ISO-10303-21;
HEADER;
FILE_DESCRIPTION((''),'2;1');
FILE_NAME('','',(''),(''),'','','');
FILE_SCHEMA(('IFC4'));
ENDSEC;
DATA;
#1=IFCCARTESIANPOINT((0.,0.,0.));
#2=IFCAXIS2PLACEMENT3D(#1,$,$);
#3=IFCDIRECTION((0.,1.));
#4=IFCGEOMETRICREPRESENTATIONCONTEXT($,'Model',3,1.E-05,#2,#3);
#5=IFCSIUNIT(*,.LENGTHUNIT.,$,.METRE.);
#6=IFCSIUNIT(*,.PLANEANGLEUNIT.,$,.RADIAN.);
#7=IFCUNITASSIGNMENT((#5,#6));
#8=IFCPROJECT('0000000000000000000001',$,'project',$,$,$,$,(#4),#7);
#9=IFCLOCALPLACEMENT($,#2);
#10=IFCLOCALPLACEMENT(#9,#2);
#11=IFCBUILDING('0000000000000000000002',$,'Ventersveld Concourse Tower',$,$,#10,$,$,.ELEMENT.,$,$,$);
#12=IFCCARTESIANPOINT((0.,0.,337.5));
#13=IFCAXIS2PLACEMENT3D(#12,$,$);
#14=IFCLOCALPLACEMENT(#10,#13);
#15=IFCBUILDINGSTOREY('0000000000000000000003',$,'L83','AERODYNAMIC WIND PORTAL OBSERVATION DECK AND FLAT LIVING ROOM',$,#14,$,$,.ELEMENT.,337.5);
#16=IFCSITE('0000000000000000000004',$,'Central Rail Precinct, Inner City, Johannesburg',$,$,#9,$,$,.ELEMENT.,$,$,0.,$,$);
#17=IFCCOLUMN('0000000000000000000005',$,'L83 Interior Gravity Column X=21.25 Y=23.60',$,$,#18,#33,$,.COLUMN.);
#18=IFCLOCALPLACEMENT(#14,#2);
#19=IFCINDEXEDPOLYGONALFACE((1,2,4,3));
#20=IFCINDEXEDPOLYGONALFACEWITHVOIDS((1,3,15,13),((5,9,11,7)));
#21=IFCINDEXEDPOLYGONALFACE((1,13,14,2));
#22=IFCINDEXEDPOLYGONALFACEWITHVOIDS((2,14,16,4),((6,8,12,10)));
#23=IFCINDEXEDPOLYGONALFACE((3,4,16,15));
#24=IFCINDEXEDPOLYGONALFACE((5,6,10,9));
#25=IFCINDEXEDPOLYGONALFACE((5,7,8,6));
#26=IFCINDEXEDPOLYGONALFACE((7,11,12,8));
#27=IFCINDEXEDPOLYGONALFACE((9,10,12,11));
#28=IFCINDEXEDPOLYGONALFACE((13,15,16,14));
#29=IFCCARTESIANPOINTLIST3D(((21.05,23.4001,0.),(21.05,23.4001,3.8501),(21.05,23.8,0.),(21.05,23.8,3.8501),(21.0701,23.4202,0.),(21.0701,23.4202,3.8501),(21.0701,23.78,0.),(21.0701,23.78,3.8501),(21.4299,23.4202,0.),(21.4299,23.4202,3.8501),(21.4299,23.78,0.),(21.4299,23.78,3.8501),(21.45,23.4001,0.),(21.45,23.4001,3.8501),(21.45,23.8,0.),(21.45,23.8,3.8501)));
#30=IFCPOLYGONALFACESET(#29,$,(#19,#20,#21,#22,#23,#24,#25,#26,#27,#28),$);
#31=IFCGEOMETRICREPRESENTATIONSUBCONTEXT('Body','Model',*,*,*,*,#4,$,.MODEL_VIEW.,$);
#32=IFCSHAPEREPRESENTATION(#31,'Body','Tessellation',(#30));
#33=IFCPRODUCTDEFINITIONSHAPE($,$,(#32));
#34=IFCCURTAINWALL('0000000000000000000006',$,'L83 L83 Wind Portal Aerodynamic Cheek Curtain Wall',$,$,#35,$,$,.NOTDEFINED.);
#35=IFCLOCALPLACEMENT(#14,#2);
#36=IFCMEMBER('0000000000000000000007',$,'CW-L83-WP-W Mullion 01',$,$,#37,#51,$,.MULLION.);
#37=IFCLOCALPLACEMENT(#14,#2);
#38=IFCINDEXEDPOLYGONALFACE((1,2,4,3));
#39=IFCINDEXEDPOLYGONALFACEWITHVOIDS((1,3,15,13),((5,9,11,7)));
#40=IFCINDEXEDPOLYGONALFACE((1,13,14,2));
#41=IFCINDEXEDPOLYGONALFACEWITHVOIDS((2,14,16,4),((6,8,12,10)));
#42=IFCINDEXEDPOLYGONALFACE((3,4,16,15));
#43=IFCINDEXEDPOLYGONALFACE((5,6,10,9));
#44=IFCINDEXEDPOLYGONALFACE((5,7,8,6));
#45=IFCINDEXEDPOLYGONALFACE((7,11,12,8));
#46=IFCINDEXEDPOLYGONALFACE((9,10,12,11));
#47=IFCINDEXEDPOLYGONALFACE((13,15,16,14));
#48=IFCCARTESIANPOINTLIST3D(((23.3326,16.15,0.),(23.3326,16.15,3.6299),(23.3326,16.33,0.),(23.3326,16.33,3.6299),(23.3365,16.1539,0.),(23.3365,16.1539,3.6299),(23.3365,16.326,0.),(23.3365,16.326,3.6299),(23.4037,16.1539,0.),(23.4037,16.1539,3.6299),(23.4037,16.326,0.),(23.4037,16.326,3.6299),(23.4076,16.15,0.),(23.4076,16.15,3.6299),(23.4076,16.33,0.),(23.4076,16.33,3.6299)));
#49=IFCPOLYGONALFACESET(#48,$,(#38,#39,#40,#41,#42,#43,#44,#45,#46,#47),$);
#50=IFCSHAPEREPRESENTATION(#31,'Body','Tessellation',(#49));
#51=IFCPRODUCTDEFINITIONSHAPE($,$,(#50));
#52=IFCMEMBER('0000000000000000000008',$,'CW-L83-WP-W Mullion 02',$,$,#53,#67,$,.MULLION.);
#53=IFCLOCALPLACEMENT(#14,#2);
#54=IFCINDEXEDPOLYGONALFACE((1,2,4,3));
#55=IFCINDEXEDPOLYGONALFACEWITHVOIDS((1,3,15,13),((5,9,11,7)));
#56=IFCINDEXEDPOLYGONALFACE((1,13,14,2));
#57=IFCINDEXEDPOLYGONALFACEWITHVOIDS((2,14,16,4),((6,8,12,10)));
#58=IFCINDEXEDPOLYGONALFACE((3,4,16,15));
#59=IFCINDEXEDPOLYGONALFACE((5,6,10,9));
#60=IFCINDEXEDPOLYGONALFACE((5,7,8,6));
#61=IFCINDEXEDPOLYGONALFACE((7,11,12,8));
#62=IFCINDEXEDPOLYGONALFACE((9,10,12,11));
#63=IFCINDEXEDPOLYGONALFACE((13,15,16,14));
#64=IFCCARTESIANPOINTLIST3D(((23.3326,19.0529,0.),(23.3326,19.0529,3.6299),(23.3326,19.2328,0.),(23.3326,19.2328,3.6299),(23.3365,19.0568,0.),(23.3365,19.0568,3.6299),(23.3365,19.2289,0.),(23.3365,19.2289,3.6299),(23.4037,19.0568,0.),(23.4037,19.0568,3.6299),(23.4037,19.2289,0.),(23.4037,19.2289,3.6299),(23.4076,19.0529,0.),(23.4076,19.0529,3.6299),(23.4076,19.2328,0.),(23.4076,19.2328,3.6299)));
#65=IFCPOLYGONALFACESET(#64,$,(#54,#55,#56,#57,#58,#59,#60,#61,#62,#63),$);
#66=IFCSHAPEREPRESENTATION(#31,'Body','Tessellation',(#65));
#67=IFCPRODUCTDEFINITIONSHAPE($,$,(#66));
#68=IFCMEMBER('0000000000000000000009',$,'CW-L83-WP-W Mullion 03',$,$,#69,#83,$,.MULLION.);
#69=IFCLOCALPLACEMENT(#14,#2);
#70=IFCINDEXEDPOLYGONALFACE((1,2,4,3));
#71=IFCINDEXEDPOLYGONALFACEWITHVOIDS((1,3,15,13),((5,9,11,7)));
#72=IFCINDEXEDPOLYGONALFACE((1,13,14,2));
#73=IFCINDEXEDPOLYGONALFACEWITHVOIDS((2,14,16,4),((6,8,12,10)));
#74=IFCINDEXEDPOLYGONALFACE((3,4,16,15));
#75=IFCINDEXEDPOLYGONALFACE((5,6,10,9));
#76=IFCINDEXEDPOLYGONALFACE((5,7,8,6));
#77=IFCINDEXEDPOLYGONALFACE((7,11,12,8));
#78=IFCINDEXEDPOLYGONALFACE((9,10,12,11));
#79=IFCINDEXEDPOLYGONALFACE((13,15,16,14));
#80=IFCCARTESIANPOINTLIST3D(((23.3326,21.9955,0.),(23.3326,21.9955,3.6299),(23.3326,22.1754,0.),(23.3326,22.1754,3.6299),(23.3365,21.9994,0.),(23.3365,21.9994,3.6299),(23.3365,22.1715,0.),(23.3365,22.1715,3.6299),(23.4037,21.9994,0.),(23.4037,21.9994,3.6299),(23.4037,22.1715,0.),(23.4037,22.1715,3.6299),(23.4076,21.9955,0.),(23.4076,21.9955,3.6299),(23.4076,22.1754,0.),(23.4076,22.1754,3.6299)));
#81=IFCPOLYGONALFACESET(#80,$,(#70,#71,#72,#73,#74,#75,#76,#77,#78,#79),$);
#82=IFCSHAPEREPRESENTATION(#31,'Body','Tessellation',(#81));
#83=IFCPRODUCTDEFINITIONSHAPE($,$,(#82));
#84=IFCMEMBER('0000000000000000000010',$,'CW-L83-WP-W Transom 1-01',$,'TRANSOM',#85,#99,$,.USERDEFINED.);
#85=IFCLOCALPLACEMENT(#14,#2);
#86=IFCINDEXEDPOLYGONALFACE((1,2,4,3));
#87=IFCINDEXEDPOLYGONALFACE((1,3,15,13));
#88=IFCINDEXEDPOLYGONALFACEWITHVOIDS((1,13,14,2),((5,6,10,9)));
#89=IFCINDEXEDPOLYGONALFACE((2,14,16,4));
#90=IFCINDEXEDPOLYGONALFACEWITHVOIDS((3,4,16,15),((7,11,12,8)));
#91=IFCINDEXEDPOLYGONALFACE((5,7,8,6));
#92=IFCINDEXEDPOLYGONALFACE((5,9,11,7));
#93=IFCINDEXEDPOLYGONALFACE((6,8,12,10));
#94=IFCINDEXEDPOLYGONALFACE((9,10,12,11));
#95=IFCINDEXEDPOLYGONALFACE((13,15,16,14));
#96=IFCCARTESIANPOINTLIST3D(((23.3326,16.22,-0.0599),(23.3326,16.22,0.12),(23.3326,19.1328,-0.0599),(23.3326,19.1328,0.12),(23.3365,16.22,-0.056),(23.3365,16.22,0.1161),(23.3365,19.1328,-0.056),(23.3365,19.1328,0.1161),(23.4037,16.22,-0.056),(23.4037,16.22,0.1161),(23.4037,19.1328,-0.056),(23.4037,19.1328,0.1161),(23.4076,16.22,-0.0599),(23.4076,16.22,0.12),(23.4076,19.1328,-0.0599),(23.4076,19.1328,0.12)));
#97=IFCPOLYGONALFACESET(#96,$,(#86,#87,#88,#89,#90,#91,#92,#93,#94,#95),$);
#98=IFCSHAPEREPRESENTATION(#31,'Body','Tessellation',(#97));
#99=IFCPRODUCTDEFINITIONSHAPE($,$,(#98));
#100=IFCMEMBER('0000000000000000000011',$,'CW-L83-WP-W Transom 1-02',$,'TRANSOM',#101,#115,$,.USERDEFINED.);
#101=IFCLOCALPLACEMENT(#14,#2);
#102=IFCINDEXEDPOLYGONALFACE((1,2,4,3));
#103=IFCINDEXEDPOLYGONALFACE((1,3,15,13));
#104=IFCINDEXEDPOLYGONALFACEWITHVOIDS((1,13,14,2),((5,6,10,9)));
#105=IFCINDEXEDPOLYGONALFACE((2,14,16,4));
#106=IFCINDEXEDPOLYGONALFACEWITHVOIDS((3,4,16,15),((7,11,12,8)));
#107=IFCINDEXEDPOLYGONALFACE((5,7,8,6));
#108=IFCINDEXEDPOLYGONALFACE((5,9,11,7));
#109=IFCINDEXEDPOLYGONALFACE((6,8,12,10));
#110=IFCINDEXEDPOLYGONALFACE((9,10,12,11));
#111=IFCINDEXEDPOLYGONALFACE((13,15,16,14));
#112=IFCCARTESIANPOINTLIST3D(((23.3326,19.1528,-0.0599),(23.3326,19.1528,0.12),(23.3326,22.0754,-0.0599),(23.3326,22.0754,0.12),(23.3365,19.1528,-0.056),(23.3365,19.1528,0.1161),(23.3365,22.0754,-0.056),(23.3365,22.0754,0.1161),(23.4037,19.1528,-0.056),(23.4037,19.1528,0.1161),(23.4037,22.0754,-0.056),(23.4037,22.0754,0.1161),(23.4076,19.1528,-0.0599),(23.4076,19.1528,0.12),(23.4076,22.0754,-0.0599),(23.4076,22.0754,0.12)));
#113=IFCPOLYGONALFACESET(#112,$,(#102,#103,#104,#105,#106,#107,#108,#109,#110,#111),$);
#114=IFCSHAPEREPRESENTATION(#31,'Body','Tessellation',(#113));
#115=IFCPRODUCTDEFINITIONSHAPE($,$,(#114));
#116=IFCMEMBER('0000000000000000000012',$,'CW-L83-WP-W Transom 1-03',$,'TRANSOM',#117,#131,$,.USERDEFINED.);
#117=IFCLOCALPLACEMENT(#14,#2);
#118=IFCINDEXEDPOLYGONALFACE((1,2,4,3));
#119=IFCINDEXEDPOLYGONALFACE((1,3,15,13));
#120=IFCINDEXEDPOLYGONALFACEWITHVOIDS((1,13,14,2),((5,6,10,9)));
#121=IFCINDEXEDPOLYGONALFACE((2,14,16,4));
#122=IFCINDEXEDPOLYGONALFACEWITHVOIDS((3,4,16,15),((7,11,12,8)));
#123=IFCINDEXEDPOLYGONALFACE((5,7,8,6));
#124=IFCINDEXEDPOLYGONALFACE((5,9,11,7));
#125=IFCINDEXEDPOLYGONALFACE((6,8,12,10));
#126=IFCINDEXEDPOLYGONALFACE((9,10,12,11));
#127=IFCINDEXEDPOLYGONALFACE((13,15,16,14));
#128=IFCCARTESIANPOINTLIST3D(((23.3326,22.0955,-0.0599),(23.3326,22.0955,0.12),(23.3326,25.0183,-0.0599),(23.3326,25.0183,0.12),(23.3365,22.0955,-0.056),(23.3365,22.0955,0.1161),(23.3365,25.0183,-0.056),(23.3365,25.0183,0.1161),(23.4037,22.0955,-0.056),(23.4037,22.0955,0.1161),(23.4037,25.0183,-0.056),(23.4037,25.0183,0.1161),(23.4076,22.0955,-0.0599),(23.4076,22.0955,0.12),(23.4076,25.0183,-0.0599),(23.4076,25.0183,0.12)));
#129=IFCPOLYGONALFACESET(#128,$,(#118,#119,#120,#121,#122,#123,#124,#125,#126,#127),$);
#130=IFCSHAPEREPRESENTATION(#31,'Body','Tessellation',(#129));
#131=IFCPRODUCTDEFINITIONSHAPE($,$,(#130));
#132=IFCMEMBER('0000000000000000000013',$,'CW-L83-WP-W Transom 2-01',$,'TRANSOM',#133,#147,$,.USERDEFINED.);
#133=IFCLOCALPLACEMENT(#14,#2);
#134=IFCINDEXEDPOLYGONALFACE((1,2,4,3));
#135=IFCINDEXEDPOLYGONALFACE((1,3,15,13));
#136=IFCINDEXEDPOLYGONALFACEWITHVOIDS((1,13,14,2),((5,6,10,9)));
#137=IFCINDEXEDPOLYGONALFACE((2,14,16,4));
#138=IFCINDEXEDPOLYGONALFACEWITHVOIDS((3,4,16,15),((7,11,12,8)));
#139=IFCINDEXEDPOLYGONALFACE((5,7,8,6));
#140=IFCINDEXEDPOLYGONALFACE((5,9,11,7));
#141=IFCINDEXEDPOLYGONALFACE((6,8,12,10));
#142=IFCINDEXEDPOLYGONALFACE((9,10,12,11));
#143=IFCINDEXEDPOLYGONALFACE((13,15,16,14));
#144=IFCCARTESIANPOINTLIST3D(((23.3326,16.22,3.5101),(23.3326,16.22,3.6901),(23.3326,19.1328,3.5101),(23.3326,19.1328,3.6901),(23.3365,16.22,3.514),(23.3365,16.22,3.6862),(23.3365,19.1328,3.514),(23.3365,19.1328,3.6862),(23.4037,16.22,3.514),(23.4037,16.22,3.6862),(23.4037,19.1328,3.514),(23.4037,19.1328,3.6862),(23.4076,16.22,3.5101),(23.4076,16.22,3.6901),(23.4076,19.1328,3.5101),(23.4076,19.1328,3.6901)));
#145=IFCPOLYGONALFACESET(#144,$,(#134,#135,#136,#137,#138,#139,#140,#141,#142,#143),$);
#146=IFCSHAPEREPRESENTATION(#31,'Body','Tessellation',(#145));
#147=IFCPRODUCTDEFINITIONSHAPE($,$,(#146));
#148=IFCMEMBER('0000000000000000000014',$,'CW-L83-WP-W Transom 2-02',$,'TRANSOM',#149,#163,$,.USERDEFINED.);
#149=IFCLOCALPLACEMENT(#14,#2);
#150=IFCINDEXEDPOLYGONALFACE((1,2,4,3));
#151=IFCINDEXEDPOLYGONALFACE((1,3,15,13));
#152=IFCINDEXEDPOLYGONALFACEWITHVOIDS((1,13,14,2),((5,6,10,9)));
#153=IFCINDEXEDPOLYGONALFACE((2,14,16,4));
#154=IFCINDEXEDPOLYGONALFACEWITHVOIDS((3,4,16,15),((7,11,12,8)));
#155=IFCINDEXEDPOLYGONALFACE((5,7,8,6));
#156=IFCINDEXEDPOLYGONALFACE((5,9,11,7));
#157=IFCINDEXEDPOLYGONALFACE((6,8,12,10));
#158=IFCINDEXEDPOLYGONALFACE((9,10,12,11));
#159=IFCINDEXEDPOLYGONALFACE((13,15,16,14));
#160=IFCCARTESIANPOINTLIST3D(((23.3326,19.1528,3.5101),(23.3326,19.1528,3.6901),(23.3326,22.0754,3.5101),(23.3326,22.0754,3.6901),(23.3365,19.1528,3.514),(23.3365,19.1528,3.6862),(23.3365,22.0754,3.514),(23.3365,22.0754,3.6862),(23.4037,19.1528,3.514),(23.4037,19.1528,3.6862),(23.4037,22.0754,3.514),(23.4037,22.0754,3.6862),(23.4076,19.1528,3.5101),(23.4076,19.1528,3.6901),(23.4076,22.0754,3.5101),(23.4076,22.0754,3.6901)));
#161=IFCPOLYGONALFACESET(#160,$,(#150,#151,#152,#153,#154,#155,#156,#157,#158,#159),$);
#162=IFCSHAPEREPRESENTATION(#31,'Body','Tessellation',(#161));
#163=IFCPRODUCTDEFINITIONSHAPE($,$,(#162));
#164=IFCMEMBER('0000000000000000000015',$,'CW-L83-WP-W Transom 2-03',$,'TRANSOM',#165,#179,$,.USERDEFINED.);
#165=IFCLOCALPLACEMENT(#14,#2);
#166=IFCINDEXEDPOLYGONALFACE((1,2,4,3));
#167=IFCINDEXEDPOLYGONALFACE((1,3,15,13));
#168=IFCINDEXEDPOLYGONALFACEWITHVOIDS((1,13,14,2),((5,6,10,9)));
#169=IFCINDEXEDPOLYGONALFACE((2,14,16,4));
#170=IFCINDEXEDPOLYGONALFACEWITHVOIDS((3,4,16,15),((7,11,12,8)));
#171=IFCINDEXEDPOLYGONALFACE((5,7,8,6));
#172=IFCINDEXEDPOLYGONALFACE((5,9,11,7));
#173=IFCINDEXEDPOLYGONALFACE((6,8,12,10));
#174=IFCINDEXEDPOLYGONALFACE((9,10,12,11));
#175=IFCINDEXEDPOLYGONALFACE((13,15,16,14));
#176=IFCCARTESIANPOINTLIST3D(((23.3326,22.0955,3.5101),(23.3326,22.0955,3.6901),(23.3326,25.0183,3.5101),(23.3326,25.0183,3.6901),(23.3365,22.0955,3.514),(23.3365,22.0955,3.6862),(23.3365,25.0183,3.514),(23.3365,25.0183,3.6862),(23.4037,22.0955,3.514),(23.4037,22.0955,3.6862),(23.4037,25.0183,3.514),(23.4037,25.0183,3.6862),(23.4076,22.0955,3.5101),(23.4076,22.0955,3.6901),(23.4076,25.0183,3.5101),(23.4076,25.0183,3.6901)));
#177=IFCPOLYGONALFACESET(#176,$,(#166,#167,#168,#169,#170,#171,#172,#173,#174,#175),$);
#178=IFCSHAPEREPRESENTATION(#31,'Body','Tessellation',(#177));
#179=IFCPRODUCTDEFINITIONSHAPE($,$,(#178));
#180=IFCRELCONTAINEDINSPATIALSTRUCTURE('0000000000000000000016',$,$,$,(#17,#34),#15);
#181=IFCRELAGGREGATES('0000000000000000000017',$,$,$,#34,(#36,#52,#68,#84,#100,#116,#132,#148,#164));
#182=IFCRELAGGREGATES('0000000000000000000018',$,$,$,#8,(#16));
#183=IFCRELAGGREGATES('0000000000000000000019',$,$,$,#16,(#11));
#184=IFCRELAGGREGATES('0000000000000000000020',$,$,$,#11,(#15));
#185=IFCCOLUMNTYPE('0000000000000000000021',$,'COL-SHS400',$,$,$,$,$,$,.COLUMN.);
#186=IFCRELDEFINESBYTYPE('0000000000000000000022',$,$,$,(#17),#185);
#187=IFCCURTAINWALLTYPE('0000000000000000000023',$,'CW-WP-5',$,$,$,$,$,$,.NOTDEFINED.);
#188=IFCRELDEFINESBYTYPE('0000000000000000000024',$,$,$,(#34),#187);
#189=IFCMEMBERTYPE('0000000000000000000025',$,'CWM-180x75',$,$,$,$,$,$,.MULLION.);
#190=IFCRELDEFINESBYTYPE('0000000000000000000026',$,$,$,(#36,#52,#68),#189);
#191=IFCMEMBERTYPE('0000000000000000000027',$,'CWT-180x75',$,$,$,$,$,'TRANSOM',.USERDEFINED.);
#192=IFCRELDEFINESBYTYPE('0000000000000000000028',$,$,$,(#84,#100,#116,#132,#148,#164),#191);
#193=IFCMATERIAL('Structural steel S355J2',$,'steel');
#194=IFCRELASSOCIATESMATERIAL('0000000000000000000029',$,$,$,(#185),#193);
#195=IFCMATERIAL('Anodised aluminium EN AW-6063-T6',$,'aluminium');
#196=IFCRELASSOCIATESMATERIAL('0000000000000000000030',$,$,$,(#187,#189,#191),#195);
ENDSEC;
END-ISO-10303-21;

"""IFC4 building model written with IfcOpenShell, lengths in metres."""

from ifc_helpers import new_model, si_unit, direction, frame, origin, origin_2d, place, context, subcontext, project, spatial, hollow_rectangle, extrude, material, material_profile, profile_set, type_object, element, aggregate, save


model = new_model("IFC4")

# Units and contexts
model_context = context("Model", 3, precision=1e-05, world=origin(), true_north=direction((0.0, 1.0)))
body_context = subcontext(model_context, "Body", "Model", "MODEL_VIEW")
ifc_project = project(units=[si_unit("LENGTHUNIT", "METRE"), si_unit("PLANEANGLEUNIT", "RADIAN")], contexts=[model_context])

# Site, building, storey
site_placement = place(None, origin())
site = spatial("IfcSite", under=ifc_project, at=site_placement, Name="Central Rail Precinct, Inner City, Johannesburg", CompositionType="ELEMENT", RefElevation=0.0)
building_placement = place(site_placement, origin())
building = spatial("IfcBuilding", under=site, at=building_placement, Name="Ventersveld Concourse Tower", CompositionType="ELEMENT")
storey_placement = place(building_placement, frame((0.0, 0.0, 337.5)))
storey = spatial("IfcBuildingStorey", under=building, at=storey_placement, Name="L83", Description="AERODYNAMIC WIND PORTAL OBSERVATION DECK AND FLAT LIVING ROOM", CompositionType="ELEMENT", Elevation=337.5)

# Column
ifc_material_1 = material(Name="Structural steel S355J2", Category="steel")
ifc_material_profile_1 = material_profile(ifc_material_1, hollow_rectangle(XDim=0.3999, YDim=0.3999, WallThickness=0.02, at=origin_2d()), Name="SHS 400x400x20")
ifc_profile_set_1 = profile_set([ifc_material_profile_1], Name="Structural steel S355J2")
column_type = type_object("IfcColumnType", Name="COL-SHS400", PredefinedType="COLUMN", material=ifc_profile_set_1)
column_placement = place(storey_placement, frame((21.25, 23.6001, 0.0), z_axis=(0.0, 0.0, 1.0), x_axis=(1.0, 0.0, 0.0)))
element("IfcColumn", 1, at=column_placement, inside=storey, type_object=column_type, Name="L83 Interior Gravity Column X=21.25 Y=23.60", PredefinedType="COLUMN", context=body_context, shape_type="SweptSolid", body=[
    extrude(hollow_rectangle(XDim=0.3999, YDim=0.3999, WallThickness=0.02, at=origin_2d()), origin(), (0.0, 0.0, 1.0), 3.8501),
])

# Curtain wall, members
ifc_material_2 = material(Name="Anodised aluminium EN AW-6063-T6", Category="aluminium")
curtain_wall_type = type_object("IfcCurtainWallType", Name="CW-WP-5", PredefinedType="NOTDEFINED", material=ifc_material_2)
curtain_wall_placement = place(storey_placement, origin())
curtain_wall = element("IfcCurtainWall", 2, at=curtain_wall_placement, inside=storey, type_object=curtain_wall_type, Name="L83 L83 Wind Portal Aerodynamic Cheek Curtain Wall", PredefinedType="NOTDEFINED")
ifc_material_profile_2 = material_profile(ifc_material_2, hollow_rectangle(XDim=0.075, YDim=0.1799, WallThickness=0.0039, at=origin_2d()), Name="ALU 180x75x4")
ifc_profile_set_2 = profile_set([ifc_material_profile_2], Name="Anodised aluminium EN AW-6063-T6")
member_type_1 = type_object("IfcMemberType", Name="CWM-180x75", PredefinedType="MULLION", material=ifc_profile_set_2)
member_1_placement = place(storey_placement, frame((23.3701, 16.24, 0.0), z_axis=(0.0, 0.0, 1.0), x_axis=(1.0, 0.0, 0.0)))
member_1 = element("IfcMember", 3, at=member_1_placement, type_object=member_type_1, Name="CW-L83-WP-W Mullion 01", PredefinedType="MULLION", context=body_context, shape_type="SweptSolid", body=[
    extrude(hollow_rectangle(XDim=0.075, YDim=0.1799, WallThickness=0.0039, at=origin_2d()), origin(), (0.0, 0.0, 1.0), 3.6299),
])
member_2_placement = place(storey_placement, frame((23.3701, 19.1428, 0.0), z_axis=(0.0, 0.0, 1.0), x_axis=(1.0, 0.0, 0.0)))
member_2 = element("IfcMember", 4, at=member_2_placement, type_object=member_type_1, Name="CW-L83-WP-W Mullion 02", PredefinedType="MULLION", context=body_context, shape_type="SweptSolid", body=[
    extrude(hollow_rectangle(XDim=0.075, YDim=0.1799, WallThickness=0.0039, at=origin_2d()), origin(), (0.0, 0.0, 1.0), 3.6299),
])
member_3_placement = place(storey_placement, frame((23.3701, 22.0854, 0.0), z_axis=(0.0, 0.0, 1.0), x_axis=(1.0, 0.0, 0.0)))
member_3 = element("IfcMember", 5, at=member_3_placement, type_object=member_type_1, Name="CW-L83-WP-W Mullion 03", PredefinedType="MULLION", context=body_context, shape_type="SweptSolid", body=[
    extrude(hollow_rectangle(XDim=0.075, YDim=0.1799, WallThickness=0.0039, at=origin_2d()), origin(), (0.0, 0.0, 1.0), 3.6299),
])
ifc_material_profile_3 = material_profile(ifc_material_2, hollow_rectangle(XDim=0.075, YDim=0.1799, WallThickness=0.0039, at=origin_2d()), Name="ALU 180x75x4")
ifc_profile_set_3 = profile_set([ifc_material_profile_3], Name="Anodised aluminium EN AW-6063-T6")
member_type_2 = type_object("IfcMemberType", Name="CWT-180x75", ElementType="TRANSOM", PredefinedType="USERDEFINED", material=ifc_profile_set_3)
member_4_placement = place(storey_placement, frame((23.3701, 16.22, 0.03), z_axis=(0.0, 1.0, 0.0), x_axis=(-1.0, 0.0, 0.0)))
member_4 = element("IfcMember", 6, at=member_4_placement, type_object=member_type_2, Name="CW-L83-WP-W Transom 1-01", ObjectType="TRANSOM", PredefinedType="USERDEFINED", context=body_context, shape_type="SweptSolid", body=[
    extrude(hollow_rectangle(XDim=0.075, YDim=0.1799, WallThickness=0.0039, at=origin_2d()), origin(), (0.0, 0.0, 1.0), 2.9128),
])
member_5_placement = place(storey_placement, frame((23.3701, 19.1528, 0.03), z_axis=(0.0, 1.0, 0.0), x_axis=(-1.0, 0.0, 0.0)))
member_5 = element("IfcMember", 7, at=member_5_placement, type_object=member_type_2, Name="CW-L83-WP-W Transom 1-02", ObjectType="TRANSOM", PredefinedType="USERDEFINED", context=body_context, shape_type="SweptSolid", body=[
    extrude(hollow_rectangle(XDim=0.075, YDim=0.1799, WallThickness=0.0039, at=origin_2d()), origin(), (0.0, 0.0, 1.0), 2.9226),
])
member_6_placement = place(storey_placement, frame((23.3701, 22.0955, 0.03), z_axis=(0.0, 1.0, 0.0), x_axis=(-1.0, 0.0, 0.0)))
member_6 = element("IfcMember", 8, at=member_6_placement, type_object=member_type_2, Name="CW-L83-WP-W Transom 1-03", ObjectType="TRANSOM", PredefinedType="USERDEFINED", context=body_context, shape_type="SweptSolid", body=[
    extrude(hollow_rectangle(XDim=0.075, YDim=0.1799, WallThickness=0.0039, at=origin_2d()), origin(), (0.0, 0.0, 1.0), 2.9229),
])
member_7_placement = place(storey_placement, frame((23.3701, 16.22, 3.6001), z_axis=(0.0, 1.0, 0.0), x_axis=(-1.0, 0.0, 0.0)))
member_7 = element("IfcMember", 9, at=member_7_placement, type_object=member_type_2, Name="CW-L83-WP-W Transom 2-01", ObjectType="TRANSOM", PredefinedType="USERDEFINED", context=body_context, shape_type="SweptSolid", body=[
    extrude(hollow_rectangle(XDim=0.075, YDim=0.1799, WallThickness=0.0039, at=origin_2d()), origin(), (0.0, 0.0, 1.0), 2.9128),
])
member_8_placement = place(storey_placement, frame((23.3701, 19.1528, 3.6001), z_axis=(0.0, 1.0, 0.0), x_axis=(-1.0, 0.0, 0.0)))
member_8 = element("IfcMember", 10, at=member_8_placement, type_object=member_type_2, Name="CW-L83-WP-W Transom 2-02", ObjectType="TRANSOM", PredefinedType="USERDEFINED", context=body_context, shape_type="SweptSolid", body=[
    extrude(hollow_rectangle(XDim=0.075, YDim=0.1799, WallThickness=0.0039, at=origin_2d()), origin(), (0.0, 0.0, 1.0), 2.9226),
])
member_9_placement = place(storey_placement, frame((23.3701, 22.0955, 3.6001), z_axis=(0.0, 1.0, 0.0), x_axis=(-1.0, 0.0, 0.0)))
member_9 = element("IfcMember", 11, at=member_9_placement, type_object=member_type_2, Name="CW-L83-WP-W Transom 2-03", ObjectType="TRANSOM", PredefinedType="USERDEFINED", context=body_context, shape_type="SweptSolid", body=[
    extrude(hollow_rectangle(XDim=0.075, YDim=0.1799, WallThickness=0.0039, at=origin_2d()), origin(), (0.0, 0.0, 1.0), 2.9229),
])

aggregate(curtain_wall, [member_1, member_2, member_3, member_4, member_5, member_6, member_7, member_8, member_9])

save(model, "model.ifc")
